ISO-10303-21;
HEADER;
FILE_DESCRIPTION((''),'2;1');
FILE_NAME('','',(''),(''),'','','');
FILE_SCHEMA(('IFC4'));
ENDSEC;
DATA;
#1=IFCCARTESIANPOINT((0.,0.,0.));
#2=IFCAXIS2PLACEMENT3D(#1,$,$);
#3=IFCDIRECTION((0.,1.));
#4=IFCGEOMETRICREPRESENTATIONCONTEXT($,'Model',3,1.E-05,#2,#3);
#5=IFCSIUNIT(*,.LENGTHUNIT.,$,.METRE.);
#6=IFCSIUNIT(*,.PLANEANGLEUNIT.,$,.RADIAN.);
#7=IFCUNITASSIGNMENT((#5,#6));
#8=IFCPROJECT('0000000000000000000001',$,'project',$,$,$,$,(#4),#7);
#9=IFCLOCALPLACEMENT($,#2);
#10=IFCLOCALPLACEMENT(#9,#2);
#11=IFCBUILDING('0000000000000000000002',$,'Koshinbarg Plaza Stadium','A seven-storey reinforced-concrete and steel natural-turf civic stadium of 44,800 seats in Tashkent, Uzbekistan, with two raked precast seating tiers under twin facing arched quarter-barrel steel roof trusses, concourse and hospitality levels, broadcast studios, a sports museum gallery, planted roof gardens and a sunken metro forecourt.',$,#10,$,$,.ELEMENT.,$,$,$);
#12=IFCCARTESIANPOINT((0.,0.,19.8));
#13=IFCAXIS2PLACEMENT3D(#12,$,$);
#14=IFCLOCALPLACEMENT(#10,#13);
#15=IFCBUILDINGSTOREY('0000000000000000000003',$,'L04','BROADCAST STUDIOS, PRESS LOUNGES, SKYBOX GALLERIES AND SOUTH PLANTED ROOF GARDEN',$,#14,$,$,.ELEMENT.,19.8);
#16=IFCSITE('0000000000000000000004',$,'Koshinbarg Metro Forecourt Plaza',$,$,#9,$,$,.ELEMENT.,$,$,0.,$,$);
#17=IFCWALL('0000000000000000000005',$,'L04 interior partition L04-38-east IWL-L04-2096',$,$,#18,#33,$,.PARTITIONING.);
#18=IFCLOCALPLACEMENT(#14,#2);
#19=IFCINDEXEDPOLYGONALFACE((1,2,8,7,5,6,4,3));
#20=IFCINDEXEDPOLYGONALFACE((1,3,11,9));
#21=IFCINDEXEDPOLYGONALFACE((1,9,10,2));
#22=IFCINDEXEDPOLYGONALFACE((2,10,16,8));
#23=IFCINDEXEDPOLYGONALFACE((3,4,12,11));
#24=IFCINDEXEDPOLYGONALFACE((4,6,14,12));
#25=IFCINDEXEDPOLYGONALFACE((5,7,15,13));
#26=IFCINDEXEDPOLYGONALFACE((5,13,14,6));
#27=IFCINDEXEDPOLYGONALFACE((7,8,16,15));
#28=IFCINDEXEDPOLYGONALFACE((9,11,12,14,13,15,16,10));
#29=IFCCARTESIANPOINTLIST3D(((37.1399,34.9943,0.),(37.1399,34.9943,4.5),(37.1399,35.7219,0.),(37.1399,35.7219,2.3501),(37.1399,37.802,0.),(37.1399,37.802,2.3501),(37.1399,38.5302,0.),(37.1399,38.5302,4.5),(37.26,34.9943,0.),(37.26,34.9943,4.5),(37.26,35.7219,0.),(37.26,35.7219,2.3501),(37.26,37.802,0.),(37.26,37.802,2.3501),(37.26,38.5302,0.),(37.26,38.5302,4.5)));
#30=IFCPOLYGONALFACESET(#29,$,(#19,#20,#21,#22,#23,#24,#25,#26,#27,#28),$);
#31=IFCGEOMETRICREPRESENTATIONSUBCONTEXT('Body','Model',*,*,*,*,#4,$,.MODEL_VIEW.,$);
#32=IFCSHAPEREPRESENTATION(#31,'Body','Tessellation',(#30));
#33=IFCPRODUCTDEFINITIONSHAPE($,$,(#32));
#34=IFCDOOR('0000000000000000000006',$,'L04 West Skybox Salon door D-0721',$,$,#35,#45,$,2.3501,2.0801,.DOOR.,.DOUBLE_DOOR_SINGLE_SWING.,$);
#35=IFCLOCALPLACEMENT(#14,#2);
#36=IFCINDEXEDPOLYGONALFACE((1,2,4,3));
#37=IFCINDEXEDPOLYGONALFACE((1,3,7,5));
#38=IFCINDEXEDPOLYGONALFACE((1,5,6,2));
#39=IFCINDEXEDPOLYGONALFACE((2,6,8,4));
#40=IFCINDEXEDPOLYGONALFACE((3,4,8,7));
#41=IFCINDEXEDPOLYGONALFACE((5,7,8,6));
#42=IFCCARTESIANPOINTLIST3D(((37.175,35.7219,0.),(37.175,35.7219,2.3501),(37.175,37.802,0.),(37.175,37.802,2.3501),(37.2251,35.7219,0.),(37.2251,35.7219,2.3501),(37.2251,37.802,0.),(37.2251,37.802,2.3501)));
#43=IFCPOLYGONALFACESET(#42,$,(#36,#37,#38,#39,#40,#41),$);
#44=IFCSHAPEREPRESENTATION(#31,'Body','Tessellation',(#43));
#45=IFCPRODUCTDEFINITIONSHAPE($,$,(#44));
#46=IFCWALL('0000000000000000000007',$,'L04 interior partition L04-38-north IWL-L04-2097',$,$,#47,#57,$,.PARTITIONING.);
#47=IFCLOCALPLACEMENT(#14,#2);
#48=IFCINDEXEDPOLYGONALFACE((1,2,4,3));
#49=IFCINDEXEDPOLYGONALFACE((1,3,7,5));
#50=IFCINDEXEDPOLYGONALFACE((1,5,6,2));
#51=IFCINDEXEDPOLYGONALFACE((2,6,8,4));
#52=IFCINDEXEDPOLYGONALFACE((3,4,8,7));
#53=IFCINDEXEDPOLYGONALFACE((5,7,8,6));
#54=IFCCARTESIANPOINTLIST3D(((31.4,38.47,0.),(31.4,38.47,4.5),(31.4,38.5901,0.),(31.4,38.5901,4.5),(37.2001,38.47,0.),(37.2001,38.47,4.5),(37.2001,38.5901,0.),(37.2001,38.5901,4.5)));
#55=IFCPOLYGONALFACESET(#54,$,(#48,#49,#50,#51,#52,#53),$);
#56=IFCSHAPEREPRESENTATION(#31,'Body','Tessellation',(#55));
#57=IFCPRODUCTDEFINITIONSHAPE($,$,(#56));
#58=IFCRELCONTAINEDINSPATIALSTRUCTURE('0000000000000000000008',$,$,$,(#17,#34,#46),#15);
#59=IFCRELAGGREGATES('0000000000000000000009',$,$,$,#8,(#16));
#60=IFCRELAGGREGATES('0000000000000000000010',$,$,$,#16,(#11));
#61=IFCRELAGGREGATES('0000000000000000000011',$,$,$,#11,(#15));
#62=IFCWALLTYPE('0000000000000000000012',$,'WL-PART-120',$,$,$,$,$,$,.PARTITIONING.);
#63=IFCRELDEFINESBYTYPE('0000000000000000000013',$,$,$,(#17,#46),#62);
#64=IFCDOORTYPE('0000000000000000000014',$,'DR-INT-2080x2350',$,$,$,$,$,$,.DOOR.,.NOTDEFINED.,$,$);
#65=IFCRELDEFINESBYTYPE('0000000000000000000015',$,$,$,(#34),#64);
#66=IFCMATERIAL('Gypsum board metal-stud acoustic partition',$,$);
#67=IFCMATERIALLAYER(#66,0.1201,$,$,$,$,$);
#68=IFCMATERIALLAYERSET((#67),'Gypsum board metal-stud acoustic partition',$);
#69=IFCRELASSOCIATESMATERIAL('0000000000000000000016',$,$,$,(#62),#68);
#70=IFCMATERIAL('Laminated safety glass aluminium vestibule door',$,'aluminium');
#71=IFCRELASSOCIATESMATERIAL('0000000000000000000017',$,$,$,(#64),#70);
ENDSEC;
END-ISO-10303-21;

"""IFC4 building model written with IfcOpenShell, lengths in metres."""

from ifc_helpers import new_model, si_unit, direction, frame, frame_2d, origin, place, context, subcontext, project, spatial, rectangle, extrude, material, layer, layer_set, type_object, element, fill, save


model = new_model("IFC4")

# Units and contexts
model_context = context("Model", 3, precision=1e-05, world=origin(), true_north=direction((0.0, 1.0)))
body_context = subcontext(model_context, "Body", "Model", "MODEL_VIEW")
ifc_project = project(units=[si_unit("LENGTHUNIT", "METRE"), si_unit("PLANEANGLEUNIT", "RADIAN")], contexts=[model_context])

# Site, building, storey
site_placement = place(None, origin())
site = spatial("IfcSite", under=ifc_project, at=site_placement, Name="Koshinbarg Metro Forecourt Plaza", CompositionType="ELEMENT", RefElevation=0.0)
building_placement = place(site_placement, origin())
building = spatial("IfcBuilding", under=site, at=building_placement, Name="Koshinbarg Plaza Stadium", Description="A seven-storey reinforced-concrete and steel natural-turf civic stadium of 44,800 seats in Tashkent, Uzbekistan, with two raked precast seating tiers under twin facing arched quarter-barrel steel roof trusses, concourse and hospitality levels, broadcast studios, a sports museum gallery, planted roof gardens and a sunken metro forecourt.", CompositionType="ELEMENT")
storey_placement = place(building_placement, frame((0.0, 0.0, 19.8)))
storey = spatial("IfcBuildingStorey", under=building, at=storey_placement, Name="L04", Description="BROADCAST STUDIOS, PRESS LOUNGES, SKYBOX GALLERIES AND SOUTH PLANTED ROOF GARDEN", CompositionType="ELEMENT", Elevation=19.8)

# Wall, opening, door
ifc_material_1 = material(Name="Gypsum board metal-stud acoustic partition")
ifc_layer_1 = layer(ifc_material_1, 0.1201)
ifc_layer_set_1 = layer_set([ifc_layer_1], Name="Gypsum board metal-stud acoustic partition")
wall_type_1 = type_object("IfcWallType", Name="WL-PART-120", PredefinedType="PARTITIONING", material=ifc_layer_set_1)
wall_1_placement = place(storey_placement, frame((37.2, 34.9941, 0.0), z_axis=(0.0, 0.0, 1.0), x_axis=(0.0, 1.0, 0.0)))
wall_1 = element("IfcWall", 1, at=wall_1_placement, inside=storey, type_object=wall_type_1, Name="L04 interior partition L04-38-east IWL-L04-2096", PredefinedType="PARTITIONING", context=body_context, shape_type="SweptSolid", body=[
    extrude(rectangle(XDim=3.5359, YDim=0.1201, at=frame_2d((1.7681, 0.0))), origin(), (0.0, 0.0, 1.0), 4.5),
])
opening_1_placement = place(wall_1_placement, frame((0.7278, 0.0, 0.0)))
opening_1 = element("IfcOpeningElement", 2, at=opening_1_placement, cuts=wall_1, PredefinedType="OPENING", context=body_context, shape_type="SweptSolid", body=[
    extrude(rectangle(XDim=2.0801, YDim=2.3501, at=frame_2d((1.04, 1.175))), frame((0.0, 0.0701, 0.0), z_axis=(0.0, -1.0, 0.0), x_axis=(1.0, 0.0, 0.0)), (0.0, 0.0, 1.0), 0.1401),
])
ifc_material_2 = material(Name="Laminated safety glass aluminium vestibule door", Category="aluminium")
door_type_1 = type_object("IfcDoorType", Name="DR-INT-2080x2350", OperationType="NOTDEFINED", PredefinedType="DOOR", material=ifc_material_2)
door_1_placement = place(opening_1_placement, origin())
door_1 = element("IfcDoor", 3, at=door_1_placement, inside=storey, type_object=door_type_1, Name="L04 West Skybox Salon door D-0721", OperationType="DOUBLE_DOOR_SINGLE_SWING", OverallHeight=2.3501, OverallWidth=2.0801, PredefinedType="DOOR", context=body_context, shape_type="SweptSolid", body=[
    extrude(rectangle(XDim=2.0801, YDim=2.3501, at=frame_2d((1.04, 1.175))), frame((0.0, 0.0249, 0.0), z_axis=(0.0, -1.0, 0.0), x_axis=(1.0, 0.0, 0.0)), (0.0, 0.0, 1.0), 0.05),
])
fill(opening_1, door_1)

# Wall
wall_2_placement = place(storey_placement, frame((37.2, 38.53, 0.0), z_axis=(0.0, 0.0, 1.0), x_axis=(-1.0, 0.0, 0.0)))
element("IfcWall", 4, at=wall_2_placement, inside=storey, type_object=wall_type_1, Name="L04 interior partition L04-38-north IWL-L04-2097", PredefinedType="PARTITIONING", context=body_context, shape_type="SweptSolid", body=[
    extrude(rectangle(XDim=5.8, YDim=0.1201, at=frame_2d((2.8999, 0.0))), origin(), (0.0, 0.0, 1.0), 4.5),
])

save(model, "model.ifc")
